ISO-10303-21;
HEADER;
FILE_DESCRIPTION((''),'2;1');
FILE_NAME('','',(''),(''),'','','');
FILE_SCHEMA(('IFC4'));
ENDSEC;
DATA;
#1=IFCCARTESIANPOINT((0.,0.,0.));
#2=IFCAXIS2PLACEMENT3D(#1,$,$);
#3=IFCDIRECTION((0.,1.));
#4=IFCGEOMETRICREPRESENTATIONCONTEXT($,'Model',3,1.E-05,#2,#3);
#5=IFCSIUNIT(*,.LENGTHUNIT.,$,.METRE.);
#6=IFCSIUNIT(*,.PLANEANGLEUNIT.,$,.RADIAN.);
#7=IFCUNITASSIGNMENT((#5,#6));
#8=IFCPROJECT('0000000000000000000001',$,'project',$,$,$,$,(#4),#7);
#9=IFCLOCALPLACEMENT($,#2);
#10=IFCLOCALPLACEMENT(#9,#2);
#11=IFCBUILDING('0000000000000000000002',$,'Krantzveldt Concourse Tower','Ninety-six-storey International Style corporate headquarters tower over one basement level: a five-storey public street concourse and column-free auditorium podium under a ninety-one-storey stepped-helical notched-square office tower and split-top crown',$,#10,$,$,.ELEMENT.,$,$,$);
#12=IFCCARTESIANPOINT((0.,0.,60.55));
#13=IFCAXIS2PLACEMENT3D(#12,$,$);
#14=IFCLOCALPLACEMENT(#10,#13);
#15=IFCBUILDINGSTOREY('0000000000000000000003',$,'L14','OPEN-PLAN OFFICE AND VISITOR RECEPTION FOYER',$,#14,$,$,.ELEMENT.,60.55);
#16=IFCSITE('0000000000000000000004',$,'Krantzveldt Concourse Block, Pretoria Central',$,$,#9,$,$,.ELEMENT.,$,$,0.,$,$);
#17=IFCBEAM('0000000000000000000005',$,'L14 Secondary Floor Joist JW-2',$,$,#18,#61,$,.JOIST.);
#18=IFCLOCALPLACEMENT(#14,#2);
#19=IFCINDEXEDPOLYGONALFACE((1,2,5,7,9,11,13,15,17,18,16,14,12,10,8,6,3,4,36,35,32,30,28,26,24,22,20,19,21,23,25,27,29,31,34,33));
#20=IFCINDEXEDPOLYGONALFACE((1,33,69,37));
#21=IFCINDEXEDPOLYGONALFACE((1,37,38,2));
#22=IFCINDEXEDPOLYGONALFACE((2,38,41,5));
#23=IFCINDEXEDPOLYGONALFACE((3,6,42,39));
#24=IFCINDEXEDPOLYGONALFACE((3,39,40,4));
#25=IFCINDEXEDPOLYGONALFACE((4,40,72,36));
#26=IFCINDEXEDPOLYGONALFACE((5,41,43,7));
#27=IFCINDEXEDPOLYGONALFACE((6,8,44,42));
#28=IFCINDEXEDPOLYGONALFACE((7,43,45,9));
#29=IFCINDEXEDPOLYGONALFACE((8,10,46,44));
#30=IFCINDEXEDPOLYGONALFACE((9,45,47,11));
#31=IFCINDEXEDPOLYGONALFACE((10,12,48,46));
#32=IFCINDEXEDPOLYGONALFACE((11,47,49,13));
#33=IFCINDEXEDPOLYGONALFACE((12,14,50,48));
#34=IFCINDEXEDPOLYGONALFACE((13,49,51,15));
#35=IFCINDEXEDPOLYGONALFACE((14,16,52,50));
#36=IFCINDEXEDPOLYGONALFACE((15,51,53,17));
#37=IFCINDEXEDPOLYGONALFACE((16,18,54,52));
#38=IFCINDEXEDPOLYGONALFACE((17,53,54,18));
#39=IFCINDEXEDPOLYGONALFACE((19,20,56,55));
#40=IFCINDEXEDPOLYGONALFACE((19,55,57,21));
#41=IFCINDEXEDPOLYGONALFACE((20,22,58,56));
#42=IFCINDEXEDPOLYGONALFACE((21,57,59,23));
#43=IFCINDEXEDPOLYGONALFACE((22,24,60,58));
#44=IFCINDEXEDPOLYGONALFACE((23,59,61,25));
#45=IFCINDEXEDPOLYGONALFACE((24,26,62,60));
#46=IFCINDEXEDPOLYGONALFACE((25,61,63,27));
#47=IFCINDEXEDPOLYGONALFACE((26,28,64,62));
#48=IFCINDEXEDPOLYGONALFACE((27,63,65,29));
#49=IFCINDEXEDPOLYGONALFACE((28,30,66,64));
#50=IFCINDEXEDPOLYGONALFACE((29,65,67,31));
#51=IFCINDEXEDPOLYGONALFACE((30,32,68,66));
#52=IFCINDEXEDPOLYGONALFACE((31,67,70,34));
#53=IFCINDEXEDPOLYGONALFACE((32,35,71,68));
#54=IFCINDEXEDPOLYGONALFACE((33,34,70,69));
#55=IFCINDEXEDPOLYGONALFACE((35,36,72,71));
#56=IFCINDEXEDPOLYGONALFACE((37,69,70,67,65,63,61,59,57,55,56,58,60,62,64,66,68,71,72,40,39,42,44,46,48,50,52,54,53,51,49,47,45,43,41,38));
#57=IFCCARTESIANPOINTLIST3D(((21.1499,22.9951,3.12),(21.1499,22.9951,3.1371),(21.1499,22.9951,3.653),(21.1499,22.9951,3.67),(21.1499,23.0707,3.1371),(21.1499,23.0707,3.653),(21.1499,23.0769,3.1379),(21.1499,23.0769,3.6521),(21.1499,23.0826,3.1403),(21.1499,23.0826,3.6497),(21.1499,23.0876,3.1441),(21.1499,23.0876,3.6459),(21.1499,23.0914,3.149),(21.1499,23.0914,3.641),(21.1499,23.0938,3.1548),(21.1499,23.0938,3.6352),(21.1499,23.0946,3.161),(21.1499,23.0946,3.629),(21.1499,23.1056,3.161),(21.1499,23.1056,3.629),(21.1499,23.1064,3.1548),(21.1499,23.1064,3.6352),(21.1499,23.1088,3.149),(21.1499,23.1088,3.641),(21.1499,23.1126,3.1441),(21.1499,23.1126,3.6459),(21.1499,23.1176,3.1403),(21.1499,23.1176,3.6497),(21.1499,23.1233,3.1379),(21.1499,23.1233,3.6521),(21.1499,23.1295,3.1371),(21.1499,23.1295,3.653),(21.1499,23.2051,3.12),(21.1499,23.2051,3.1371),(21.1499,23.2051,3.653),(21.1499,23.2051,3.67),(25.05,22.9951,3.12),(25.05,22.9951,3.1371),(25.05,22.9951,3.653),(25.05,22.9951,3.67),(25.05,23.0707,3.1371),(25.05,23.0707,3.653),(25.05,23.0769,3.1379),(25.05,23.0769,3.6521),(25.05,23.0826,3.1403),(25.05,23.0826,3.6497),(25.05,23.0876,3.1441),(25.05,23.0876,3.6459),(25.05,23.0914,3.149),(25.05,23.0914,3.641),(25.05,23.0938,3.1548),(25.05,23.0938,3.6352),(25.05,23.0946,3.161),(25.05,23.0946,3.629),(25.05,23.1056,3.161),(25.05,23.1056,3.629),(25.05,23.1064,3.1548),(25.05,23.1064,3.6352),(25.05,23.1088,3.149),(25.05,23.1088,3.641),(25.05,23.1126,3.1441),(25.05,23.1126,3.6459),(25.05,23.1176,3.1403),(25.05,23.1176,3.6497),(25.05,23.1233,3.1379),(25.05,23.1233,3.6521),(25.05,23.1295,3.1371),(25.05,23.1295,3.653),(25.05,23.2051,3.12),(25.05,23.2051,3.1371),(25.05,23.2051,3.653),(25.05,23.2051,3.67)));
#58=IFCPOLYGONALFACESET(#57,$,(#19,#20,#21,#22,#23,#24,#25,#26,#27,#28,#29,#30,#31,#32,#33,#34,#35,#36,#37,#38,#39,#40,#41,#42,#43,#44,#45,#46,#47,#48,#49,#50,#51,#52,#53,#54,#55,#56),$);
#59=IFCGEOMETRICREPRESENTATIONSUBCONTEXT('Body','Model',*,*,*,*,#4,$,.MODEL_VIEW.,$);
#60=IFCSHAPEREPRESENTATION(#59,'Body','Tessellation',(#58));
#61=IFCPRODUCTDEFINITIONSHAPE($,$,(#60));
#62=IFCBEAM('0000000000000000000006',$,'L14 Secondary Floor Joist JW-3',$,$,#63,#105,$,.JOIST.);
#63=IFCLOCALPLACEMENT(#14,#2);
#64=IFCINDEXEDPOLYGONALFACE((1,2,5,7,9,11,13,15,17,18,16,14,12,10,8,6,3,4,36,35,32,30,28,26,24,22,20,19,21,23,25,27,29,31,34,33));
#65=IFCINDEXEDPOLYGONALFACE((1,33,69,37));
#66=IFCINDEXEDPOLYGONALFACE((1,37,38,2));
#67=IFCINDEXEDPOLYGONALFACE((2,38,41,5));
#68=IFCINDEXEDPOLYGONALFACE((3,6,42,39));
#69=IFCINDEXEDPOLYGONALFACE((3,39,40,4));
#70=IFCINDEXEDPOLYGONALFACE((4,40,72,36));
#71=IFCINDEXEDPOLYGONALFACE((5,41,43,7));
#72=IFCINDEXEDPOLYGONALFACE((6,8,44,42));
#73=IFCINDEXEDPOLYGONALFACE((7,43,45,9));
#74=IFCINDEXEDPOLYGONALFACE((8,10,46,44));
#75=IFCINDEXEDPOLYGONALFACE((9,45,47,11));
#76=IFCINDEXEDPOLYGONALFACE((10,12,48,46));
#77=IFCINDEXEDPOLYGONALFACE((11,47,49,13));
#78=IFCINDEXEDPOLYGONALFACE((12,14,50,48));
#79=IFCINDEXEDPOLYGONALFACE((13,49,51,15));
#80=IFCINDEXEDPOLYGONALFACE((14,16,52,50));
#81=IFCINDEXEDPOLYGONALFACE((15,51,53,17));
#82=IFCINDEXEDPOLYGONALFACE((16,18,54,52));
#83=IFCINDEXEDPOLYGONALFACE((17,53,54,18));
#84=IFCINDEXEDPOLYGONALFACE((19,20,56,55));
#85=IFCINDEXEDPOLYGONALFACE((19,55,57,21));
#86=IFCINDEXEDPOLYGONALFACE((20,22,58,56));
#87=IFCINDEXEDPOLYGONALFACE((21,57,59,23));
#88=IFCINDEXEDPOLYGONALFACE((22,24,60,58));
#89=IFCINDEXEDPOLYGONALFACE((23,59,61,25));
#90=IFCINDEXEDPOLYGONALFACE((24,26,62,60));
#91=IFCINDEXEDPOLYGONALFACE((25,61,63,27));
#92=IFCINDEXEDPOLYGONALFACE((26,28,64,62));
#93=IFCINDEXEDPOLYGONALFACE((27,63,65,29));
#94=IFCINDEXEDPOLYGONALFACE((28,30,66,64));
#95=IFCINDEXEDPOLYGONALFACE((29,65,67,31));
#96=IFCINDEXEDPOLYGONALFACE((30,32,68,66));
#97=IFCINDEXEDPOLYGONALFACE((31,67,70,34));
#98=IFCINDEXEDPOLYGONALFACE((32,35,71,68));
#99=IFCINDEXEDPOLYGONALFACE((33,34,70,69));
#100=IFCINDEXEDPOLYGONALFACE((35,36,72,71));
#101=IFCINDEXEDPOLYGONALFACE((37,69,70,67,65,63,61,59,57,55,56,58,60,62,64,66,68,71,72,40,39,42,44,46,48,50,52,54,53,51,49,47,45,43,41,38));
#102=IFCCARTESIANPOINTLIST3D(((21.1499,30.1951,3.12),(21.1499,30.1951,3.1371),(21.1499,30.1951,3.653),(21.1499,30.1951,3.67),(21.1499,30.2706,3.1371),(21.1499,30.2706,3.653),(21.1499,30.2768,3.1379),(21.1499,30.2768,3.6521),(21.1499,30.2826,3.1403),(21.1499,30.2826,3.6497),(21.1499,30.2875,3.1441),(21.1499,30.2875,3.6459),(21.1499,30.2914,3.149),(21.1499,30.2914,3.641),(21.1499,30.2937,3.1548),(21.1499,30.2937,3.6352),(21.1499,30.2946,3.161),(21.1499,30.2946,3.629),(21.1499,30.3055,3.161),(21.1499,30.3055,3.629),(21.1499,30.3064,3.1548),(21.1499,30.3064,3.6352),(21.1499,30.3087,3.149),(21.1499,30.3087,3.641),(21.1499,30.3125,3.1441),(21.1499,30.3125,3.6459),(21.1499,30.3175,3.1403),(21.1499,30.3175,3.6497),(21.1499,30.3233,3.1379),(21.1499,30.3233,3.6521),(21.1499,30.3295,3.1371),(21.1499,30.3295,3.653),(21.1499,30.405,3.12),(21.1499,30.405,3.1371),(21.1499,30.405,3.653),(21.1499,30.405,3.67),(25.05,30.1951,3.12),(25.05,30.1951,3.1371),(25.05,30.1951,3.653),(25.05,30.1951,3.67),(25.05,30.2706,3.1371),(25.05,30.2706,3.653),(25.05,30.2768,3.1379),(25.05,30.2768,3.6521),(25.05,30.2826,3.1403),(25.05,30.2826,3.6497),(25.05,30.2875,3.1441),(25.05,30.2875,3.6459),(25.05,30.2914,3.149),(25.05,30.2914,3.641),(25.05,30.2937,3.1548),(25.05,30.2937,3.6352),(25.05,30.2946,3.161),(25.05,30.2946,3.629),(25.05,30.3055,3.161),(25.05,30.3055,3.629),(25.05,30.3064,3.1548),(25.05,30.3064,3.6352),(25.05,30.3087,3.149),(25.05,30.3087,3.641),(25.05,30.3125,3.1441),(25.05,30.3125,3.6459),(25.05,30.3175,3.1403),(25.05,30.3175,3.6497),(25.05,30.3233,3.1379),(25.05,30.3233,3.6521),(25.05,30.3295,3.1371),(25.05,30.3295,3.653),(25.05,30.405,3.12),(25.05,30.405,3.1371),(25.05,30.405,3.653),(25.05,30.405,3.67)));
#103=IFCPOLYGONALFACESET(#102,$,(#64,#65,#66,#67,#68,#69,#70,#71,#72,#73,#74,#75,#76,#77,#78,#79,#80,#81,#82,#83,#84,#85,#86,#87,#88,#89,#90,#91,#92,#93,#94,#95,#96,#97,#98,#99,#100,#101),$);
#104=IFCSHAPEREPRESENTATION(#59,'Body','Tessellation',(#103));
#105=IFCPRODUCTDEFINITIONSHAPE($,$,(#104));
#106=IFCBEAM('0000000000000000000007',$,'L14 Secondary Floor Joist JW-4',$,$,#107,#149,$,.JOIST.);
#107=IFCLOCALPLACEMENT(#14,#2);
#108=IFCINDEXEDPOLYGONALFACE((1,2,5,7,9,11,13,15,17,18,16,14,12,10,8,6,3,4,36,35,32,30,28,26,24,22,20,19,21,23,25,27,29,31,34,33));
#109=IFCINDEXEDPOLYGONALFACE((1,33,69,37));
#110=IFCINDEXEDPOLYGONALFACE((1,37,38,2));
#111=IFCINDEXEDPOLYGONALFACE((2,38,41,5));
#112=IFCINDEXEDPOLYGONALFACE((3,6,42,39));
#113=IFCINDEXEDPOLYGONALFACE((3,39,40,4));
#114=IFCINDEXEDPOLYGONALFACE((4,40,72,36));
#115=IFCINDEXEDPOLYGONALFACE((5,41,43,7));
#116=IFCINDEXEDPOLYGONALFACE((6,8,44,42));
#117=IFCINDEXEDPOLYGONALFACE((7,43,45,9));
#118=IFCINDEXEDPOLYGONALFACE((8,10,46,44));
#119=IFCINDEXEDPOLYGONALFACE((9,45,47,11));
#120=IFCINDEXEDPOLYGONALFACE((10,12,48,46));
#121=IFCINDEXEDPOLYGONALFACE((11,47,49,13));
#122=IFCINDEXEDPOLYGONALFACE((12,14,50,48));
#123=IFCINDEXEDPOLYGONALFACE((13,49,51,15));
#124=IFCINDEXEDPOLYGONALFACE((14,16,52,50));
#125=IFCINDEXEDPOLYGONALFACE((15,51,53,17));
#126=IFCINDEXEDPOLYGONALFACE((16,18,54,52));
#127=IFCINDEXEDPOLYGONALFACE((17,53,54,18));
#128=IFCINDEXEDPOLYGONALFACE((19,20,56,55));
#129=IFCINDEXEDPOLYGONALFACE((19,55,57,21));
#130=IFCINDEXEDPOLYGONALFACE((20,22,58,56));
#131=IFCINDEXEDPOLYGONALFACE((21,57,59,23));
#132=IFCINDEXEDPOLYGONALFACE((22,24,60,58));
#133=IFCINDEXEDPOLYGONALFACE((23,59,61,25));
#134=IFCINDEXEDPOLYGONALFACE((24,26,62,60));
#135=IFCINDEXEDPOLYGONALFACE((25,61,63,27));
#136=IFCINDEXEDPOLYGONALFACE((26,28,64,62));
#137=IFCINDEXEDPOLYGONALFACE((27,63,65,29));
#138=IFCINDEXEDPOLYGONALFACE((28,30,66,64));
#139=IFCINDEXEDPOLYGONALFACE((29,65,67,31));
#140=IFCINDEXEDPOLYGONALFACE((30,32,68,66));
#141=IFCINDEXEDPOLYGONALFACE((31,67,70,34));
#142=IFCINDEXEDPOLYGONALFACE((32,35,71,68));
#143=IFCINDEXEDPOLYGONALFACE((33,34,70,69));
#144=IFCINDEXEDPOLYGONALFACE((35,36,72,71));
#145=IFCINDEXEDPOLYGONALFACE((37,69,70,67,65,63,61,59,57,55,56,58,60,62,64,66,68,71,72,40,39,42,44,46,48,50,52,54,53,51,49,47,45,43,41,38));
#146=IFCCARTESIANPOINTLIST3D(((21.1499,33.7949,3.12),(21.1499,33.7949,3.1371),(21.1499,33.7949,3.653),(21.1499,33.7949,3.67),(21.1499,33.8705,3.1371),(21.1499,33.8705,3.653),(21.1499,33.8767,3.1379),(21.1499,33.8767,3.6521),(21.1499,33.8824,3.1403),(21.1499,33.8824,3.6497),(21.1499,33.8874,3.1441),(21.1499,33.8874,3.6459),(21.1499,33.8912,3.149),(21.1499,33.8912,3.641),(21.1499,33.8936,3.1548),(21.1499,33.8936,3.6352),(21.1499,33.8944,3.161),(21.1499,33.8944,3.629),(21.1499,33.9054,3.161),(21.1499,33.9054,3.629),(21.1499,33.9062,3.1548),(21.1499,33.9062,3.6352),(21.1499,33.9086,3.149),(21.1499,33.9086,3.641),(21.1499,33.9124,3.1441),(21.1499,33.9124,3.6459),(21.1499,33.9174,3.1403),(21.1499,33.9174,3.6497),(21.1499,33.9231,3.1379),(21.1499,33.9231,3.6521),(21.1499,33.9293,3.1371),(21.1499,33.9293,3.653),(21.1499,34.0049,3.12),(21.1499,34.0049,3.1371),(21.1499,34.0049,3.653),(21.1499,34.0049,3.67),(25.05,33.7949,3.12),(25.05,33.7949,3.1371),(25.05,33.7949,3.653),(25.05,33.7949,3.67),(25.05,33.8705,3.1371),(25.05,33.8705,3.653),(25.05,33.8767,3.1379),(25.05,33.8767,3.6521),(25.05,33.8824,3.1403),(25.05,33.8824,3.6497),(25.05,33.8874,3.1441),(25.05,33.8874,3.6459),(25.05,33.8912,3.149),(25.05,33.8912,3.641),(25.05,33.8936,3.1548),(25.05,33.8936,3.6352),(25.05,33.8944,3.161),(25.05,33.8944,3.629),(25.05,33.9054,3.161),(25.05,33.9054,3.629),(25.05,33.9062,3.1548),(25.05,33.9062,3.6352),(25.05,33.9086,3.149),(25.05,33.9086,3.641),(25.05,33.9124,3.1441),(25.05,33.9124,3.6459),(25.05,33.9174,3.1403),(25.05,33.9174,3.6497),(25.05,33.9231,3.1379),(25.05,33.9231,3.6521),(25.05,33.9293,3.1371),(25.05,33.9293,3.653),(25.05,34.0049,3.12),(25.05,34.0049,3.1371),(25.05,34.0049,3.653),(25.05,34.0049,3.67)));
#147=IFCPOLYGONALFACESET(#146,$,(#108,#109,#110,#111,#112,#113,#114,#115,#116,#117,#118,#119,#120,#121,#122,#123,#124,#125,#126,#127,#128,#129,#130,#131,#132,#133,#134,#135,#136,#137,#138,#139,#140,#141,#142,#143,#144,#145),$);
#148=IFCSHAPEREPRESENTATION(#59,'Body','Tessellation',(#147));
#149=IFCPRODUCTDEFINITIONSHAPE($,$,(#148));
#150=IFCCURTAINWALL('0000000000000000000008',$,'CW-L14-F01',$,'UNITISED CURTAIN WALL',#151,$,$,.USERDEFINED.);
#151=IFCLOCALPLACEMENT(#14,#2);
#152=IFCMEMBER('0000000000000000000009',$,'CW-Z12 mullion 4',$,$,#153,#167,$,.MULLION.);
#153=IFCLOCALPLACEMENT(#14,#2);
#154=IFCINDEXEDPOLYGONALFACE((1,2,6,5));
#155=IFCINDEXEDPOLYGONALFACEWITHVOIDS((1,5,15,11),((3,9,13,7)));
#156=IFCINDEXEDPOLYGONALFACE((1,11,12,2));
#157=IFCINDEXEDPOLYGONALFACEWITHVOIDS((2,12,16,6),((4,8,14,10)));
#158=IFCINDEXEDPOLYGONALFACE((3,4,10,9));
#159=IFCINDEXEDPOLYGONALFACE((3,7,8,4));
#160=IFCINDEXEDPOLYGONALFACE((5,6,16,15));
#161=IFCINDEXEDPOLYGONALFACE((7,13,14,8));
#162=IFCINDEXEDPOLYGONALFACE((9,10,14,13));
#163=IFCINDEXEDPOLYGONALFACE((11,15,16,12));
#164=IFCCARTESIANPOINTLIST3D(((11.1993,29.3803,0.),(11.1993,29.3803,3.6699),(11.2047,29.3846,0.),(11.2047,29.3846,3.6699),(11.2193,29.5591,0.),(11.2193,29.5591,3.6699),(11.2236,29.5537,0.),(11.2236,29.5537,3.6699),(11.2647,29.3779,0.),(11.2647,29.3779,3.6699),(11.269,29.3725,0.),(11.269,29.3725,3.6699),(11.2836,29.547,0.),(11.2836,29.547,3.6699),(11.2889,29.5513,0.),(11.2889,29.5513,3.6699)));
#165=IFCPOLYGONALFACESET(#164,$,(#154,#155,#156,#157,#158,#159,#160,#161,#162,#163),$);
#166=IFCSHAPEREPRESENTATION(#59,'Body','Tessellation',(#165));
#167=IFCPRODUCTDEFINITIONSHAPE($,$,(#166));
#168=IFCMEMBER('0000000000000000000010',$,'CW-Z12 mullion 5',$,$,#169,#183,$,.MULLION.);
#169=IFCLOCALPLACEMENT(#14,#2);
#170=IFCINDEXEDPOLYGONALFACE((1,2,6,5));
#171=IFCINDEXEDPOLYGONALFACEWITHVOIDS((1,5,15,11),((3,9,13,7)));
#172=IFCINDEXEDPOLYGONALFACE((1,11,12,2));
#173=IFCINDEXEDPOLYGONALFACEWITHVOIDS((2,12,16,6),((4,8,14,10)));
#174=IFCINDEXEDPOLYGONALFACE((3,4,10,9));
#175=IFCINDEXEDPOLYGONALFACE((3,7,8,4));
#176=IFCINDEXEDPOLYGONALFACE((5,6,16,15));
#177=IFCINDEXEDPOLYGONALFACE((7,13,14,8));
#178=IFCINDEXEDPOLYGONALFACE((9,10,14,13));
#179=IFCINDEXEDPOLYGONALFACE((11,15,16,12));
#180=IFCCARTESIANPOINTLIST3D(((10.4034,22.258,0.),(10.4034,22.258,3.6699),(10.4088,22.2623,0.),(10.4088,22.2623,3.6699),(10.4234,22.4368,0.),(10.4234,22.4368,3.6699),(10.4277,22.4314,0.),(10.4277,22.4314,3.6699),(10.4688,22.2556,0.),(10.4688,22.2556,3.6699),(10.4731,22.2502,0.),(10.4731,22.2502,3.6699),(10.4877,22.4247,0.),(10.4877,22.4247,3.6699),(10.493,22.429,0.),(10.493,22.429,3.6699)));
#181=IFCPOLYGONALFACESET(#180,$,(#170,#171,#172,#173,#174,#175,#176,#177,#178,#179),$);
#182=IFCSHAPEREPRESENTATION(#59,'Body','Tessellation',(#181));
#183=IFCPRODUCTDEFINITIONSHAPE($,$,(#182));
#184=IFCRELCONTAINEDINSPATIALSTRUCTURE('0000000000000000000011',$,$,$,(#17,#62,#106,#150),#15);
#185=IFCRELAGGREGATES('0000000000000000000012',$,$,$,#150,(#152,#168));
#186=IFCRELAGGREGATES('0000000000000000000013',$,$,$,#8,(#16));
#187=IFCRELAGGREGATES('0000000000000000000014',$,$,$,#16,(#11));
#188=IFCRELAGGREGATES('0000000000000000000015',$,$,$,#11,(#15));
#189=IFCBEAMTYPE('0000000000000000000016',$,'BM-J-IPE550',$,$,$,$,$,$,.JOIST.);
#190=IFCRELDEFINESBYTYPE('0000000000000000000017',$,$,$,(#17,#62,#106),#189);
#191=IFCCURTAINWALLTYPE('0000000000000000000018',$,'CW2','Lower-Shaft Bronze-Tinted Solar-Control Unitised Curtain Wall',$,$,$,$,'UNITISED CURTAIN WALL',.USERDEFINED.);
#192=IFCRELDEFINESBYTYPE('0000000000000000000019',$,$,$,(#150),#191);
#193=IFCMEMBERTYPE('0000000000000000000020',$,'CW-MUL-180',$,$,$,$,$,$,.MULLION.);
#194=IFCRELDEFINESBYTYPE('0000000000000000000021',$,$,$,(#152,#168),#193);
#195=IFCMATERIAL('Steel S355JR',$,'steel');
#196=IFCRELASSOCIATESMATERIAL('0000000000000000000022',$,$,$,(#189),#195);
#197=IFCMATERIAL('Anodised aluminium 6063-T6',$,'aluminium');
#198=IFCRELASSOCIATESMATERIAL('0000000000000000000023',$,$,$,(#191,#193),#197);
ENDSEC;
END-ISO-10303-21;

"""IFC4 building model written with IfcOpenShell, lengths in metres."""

from ifc_helpers import new_model, si_unit, direction, frame, origin, origin_2d, place, context, subcontext, project, spatial, hollow_rectangle, i_section, extrude, source, transform, mapped, material, material_profile, profile_set, type_object, type_shapes, element, aggregate, save


model = new_model("IFC4")

# Units and contexts
model_context = context("Model", 3, precision=1e-05, world=origin(), true_north=direction((0.0, 1.0)))
body_context = subcontext(model_context, "Body", "Model", "MODEL_VIEW")
ifc_project = project(units=[si_unit("LENGTHUNIT", "METRE"), si_unit("PLANEANGLEUNIT", "RADIAN")], contexts=[model_context])

# Site, building, storey
site_placement = place(None, origin())
site = spatial("IfcSite", under=ifc_project, at=site_placement, Name="Krantzveldt Concourse Block, Pretoria Central", CompositionType="ELEMENT", RefElevation=0.0)
building_placement = place(site_placement, origin())
building = spatial("IfcBuilding", under=site, at=building_placement, Name="Krantzveldt Concourse Tower", Description="Ninety-six-storey International Style corporate headquarters tower over one basement level: a five-storey public street concourse and column-free auditorium podium under a ninety-one-storey stepped-helical notched-square office tower and split-top crown", CompositionType="ELEMENT")
storey_placement = place(building_placement, frame((0.0, 0.0, 60.55)))
storey = spatial("IfcBuildingStorey", under=building, at=storey_placement, Name="L14", Description="OPEN-PLAN OFFICE AND VISITOR RECEPTION FOYER", CompositionType="ELEMENT", Elevation=60.55)

# Beams
ifc_material_1 = material(Name="Steel S355JR", Category="steel")
ifc_material_profile_1 = material_profile(ifc_material_1, i_section(OverallWidth=0.21, OverallDepth=0.55, WebThickness=0.011, FlangeThickness=0.0171, FilletRadius=0.0239, at=origin_2d()), Name="Steel S355JR", Category="steel")
ifc_profile_set_1 = profile_set([ifc_material_profile_1], Name="Steel S355JR - IPE 550")
beam_type_1 = type_object("IfcBeamType", Name="BM-J-IPE550", PredefinedType="JOIST", material=ifc_profile_set_1)
shared_shape_1 = source(origin(), body_context, "Body", "SweptSolid", [
    extrude(i_section(OverallWidth=0.21, OverallDepth=0.55, WebThickness=0.011, FlangeThickness=0.0171, FilletRadius=0.0239, at=origin_2d()), origin(), (0.0, 0.0, 1.0), 3.9001),
])
type_shapes(beam_type_1, [shared_shape_1])
for number, where, z_axis, x_axis, name in (
    (1, (21.1499, 23.1001, 3.395), (1.0, 0.0, 0.0), (0.0, 1.0, 0.0), "L14 Secondary Floor Joist JW-2"),
    (2, (21.1499, 30.3, 3.395), (1.0, 0.0, 0.0), (0.0, 1.0, 0.0), "L14 Secondary Floor Joist JW-3"),
    (3, (21.1499, 33.8999, 3.395), (1.0, 0.0, 0.0), (0.0, 1.0, 0.0), "L14 Secondary Floor Joist JW-4"),
):
    element("IfcBeam", number, at=place(storey_placement, frame(where, z_axis=z_axis, x_axis=x_axis)), inside=storey, type_object=beam_type_1, Name=name, PredefinedType="JOIST", context=body_context, shape_type="MappedRepresentation", body=[
        mapped(shared_shape_1, transform((0.0, 0.0, 0.0), x_axis=(1.0, 0.0, 0.0), y_axis=(0.0, 1.0, 0.0), z_axis=(0.0, 0.0, 1.0), scale=1.0)),
    ])

# Curtain wall, members
ifc_material_2 = material(Name="Anodised aluminium 6063-T6", Category="aluminium")
curtain_wall_type = type_object("IfcCurtainWallType", Name="CW2", Description="Lower-Shaft Bronze-Tinted Solar-Control Unitised Curtain Wall", ElementType="UNITISED CURTAIN WALL", PredefinedType="USERDEFINED", material=ifc_material_2)
curtain_wall_placement = place(storey_placement, origin())
curtain_wall = element("IfcCurtainWall", 4, at=curtain_wall_placement, inside=storey, type_object=curtain_wall_type, Name="CW-L14-F01", ObjectType="UNITISED CURTAIN WALL", PredefinedType="USERDEFINED")
ifc_material_profile_2 = material_profile(ifc_material_2, hollow_rectangle(XDim=0.0701, YDim=0.1799, WallThickness=0.0049, at=origin_2d()), Name="Anodised aluminium 6063-T6", Category="aluminium")
ifc_profile_set_2 = profile_set([ifc_material_profile_2], Name="Anodised aluminium 6063-T6 - ALU-MULL 180x70x5")
member_type_1 = type_object("IfcMemberType", Name="CW-MUL-180", PredefinedType="MULLION", material=ifc_profile_set_2)
shared_shape_2 = source(origin(), body_context, "Body", "SweptSolid", [
    extrude(hollow_rectangle(XDim=0.0701, YDim=0.1799, WallThickness=0.0049, at=origin_2d()), origin(), (0.0, 0.0, 1.0), 3.6699),
])
type_shapes(member_type_1, [shared_shape_2])
member_1_placement = place(storey_placement, frame((11.2441, 29.4658, 0.0), z_axis=(0.0, 0.0, 1.0), x_axis=(0.993816, -0.111035, 0.0)))
member_1 = element("IfcMember", 5, at=member_1_placement, type_object=member_type_1, Name="CW-Z12 mullion 4", PredefinedType="MULLION", context=body_context, shape_type="MappedRepresentation", body=[
    mapped(shared_shape_2, transform((0.0, 0.0, 0.0), x_axis=(1.0, 0.0, 0.0), y_axis=(0.0, 1.0, 0.0), z_axis=(0.0, 0.0, 1.0), scale=1.0)),
])
member_2_placement = place(storey_placement, frame((10.4482, 22.3435, 0.0), z_axis=(0.0, 0.0, 1.0), x_axis=(0.993816, -0.111035, 0.0)))
member_2 = element("IfcMember", 6, at=member_2_placement, type_object=member_type_1, Name="CW-Z12 mullion 5", PredefinedType="MULLION", context=body_context, shape_type="MappedRepresentation", body=[
    mapped(shared_shape_2, transform((0.0, 0.0, 0.0), x_axis=(1.0, 0.0, 0.0), y_axis=(0.0, 1.0, 0.0), z_axis=(0.0, 0.0, 1.0), scale=1.0)),
])
aggregate(curtain_wall, [member_1, member_2])

save(model, "model.ifc")
